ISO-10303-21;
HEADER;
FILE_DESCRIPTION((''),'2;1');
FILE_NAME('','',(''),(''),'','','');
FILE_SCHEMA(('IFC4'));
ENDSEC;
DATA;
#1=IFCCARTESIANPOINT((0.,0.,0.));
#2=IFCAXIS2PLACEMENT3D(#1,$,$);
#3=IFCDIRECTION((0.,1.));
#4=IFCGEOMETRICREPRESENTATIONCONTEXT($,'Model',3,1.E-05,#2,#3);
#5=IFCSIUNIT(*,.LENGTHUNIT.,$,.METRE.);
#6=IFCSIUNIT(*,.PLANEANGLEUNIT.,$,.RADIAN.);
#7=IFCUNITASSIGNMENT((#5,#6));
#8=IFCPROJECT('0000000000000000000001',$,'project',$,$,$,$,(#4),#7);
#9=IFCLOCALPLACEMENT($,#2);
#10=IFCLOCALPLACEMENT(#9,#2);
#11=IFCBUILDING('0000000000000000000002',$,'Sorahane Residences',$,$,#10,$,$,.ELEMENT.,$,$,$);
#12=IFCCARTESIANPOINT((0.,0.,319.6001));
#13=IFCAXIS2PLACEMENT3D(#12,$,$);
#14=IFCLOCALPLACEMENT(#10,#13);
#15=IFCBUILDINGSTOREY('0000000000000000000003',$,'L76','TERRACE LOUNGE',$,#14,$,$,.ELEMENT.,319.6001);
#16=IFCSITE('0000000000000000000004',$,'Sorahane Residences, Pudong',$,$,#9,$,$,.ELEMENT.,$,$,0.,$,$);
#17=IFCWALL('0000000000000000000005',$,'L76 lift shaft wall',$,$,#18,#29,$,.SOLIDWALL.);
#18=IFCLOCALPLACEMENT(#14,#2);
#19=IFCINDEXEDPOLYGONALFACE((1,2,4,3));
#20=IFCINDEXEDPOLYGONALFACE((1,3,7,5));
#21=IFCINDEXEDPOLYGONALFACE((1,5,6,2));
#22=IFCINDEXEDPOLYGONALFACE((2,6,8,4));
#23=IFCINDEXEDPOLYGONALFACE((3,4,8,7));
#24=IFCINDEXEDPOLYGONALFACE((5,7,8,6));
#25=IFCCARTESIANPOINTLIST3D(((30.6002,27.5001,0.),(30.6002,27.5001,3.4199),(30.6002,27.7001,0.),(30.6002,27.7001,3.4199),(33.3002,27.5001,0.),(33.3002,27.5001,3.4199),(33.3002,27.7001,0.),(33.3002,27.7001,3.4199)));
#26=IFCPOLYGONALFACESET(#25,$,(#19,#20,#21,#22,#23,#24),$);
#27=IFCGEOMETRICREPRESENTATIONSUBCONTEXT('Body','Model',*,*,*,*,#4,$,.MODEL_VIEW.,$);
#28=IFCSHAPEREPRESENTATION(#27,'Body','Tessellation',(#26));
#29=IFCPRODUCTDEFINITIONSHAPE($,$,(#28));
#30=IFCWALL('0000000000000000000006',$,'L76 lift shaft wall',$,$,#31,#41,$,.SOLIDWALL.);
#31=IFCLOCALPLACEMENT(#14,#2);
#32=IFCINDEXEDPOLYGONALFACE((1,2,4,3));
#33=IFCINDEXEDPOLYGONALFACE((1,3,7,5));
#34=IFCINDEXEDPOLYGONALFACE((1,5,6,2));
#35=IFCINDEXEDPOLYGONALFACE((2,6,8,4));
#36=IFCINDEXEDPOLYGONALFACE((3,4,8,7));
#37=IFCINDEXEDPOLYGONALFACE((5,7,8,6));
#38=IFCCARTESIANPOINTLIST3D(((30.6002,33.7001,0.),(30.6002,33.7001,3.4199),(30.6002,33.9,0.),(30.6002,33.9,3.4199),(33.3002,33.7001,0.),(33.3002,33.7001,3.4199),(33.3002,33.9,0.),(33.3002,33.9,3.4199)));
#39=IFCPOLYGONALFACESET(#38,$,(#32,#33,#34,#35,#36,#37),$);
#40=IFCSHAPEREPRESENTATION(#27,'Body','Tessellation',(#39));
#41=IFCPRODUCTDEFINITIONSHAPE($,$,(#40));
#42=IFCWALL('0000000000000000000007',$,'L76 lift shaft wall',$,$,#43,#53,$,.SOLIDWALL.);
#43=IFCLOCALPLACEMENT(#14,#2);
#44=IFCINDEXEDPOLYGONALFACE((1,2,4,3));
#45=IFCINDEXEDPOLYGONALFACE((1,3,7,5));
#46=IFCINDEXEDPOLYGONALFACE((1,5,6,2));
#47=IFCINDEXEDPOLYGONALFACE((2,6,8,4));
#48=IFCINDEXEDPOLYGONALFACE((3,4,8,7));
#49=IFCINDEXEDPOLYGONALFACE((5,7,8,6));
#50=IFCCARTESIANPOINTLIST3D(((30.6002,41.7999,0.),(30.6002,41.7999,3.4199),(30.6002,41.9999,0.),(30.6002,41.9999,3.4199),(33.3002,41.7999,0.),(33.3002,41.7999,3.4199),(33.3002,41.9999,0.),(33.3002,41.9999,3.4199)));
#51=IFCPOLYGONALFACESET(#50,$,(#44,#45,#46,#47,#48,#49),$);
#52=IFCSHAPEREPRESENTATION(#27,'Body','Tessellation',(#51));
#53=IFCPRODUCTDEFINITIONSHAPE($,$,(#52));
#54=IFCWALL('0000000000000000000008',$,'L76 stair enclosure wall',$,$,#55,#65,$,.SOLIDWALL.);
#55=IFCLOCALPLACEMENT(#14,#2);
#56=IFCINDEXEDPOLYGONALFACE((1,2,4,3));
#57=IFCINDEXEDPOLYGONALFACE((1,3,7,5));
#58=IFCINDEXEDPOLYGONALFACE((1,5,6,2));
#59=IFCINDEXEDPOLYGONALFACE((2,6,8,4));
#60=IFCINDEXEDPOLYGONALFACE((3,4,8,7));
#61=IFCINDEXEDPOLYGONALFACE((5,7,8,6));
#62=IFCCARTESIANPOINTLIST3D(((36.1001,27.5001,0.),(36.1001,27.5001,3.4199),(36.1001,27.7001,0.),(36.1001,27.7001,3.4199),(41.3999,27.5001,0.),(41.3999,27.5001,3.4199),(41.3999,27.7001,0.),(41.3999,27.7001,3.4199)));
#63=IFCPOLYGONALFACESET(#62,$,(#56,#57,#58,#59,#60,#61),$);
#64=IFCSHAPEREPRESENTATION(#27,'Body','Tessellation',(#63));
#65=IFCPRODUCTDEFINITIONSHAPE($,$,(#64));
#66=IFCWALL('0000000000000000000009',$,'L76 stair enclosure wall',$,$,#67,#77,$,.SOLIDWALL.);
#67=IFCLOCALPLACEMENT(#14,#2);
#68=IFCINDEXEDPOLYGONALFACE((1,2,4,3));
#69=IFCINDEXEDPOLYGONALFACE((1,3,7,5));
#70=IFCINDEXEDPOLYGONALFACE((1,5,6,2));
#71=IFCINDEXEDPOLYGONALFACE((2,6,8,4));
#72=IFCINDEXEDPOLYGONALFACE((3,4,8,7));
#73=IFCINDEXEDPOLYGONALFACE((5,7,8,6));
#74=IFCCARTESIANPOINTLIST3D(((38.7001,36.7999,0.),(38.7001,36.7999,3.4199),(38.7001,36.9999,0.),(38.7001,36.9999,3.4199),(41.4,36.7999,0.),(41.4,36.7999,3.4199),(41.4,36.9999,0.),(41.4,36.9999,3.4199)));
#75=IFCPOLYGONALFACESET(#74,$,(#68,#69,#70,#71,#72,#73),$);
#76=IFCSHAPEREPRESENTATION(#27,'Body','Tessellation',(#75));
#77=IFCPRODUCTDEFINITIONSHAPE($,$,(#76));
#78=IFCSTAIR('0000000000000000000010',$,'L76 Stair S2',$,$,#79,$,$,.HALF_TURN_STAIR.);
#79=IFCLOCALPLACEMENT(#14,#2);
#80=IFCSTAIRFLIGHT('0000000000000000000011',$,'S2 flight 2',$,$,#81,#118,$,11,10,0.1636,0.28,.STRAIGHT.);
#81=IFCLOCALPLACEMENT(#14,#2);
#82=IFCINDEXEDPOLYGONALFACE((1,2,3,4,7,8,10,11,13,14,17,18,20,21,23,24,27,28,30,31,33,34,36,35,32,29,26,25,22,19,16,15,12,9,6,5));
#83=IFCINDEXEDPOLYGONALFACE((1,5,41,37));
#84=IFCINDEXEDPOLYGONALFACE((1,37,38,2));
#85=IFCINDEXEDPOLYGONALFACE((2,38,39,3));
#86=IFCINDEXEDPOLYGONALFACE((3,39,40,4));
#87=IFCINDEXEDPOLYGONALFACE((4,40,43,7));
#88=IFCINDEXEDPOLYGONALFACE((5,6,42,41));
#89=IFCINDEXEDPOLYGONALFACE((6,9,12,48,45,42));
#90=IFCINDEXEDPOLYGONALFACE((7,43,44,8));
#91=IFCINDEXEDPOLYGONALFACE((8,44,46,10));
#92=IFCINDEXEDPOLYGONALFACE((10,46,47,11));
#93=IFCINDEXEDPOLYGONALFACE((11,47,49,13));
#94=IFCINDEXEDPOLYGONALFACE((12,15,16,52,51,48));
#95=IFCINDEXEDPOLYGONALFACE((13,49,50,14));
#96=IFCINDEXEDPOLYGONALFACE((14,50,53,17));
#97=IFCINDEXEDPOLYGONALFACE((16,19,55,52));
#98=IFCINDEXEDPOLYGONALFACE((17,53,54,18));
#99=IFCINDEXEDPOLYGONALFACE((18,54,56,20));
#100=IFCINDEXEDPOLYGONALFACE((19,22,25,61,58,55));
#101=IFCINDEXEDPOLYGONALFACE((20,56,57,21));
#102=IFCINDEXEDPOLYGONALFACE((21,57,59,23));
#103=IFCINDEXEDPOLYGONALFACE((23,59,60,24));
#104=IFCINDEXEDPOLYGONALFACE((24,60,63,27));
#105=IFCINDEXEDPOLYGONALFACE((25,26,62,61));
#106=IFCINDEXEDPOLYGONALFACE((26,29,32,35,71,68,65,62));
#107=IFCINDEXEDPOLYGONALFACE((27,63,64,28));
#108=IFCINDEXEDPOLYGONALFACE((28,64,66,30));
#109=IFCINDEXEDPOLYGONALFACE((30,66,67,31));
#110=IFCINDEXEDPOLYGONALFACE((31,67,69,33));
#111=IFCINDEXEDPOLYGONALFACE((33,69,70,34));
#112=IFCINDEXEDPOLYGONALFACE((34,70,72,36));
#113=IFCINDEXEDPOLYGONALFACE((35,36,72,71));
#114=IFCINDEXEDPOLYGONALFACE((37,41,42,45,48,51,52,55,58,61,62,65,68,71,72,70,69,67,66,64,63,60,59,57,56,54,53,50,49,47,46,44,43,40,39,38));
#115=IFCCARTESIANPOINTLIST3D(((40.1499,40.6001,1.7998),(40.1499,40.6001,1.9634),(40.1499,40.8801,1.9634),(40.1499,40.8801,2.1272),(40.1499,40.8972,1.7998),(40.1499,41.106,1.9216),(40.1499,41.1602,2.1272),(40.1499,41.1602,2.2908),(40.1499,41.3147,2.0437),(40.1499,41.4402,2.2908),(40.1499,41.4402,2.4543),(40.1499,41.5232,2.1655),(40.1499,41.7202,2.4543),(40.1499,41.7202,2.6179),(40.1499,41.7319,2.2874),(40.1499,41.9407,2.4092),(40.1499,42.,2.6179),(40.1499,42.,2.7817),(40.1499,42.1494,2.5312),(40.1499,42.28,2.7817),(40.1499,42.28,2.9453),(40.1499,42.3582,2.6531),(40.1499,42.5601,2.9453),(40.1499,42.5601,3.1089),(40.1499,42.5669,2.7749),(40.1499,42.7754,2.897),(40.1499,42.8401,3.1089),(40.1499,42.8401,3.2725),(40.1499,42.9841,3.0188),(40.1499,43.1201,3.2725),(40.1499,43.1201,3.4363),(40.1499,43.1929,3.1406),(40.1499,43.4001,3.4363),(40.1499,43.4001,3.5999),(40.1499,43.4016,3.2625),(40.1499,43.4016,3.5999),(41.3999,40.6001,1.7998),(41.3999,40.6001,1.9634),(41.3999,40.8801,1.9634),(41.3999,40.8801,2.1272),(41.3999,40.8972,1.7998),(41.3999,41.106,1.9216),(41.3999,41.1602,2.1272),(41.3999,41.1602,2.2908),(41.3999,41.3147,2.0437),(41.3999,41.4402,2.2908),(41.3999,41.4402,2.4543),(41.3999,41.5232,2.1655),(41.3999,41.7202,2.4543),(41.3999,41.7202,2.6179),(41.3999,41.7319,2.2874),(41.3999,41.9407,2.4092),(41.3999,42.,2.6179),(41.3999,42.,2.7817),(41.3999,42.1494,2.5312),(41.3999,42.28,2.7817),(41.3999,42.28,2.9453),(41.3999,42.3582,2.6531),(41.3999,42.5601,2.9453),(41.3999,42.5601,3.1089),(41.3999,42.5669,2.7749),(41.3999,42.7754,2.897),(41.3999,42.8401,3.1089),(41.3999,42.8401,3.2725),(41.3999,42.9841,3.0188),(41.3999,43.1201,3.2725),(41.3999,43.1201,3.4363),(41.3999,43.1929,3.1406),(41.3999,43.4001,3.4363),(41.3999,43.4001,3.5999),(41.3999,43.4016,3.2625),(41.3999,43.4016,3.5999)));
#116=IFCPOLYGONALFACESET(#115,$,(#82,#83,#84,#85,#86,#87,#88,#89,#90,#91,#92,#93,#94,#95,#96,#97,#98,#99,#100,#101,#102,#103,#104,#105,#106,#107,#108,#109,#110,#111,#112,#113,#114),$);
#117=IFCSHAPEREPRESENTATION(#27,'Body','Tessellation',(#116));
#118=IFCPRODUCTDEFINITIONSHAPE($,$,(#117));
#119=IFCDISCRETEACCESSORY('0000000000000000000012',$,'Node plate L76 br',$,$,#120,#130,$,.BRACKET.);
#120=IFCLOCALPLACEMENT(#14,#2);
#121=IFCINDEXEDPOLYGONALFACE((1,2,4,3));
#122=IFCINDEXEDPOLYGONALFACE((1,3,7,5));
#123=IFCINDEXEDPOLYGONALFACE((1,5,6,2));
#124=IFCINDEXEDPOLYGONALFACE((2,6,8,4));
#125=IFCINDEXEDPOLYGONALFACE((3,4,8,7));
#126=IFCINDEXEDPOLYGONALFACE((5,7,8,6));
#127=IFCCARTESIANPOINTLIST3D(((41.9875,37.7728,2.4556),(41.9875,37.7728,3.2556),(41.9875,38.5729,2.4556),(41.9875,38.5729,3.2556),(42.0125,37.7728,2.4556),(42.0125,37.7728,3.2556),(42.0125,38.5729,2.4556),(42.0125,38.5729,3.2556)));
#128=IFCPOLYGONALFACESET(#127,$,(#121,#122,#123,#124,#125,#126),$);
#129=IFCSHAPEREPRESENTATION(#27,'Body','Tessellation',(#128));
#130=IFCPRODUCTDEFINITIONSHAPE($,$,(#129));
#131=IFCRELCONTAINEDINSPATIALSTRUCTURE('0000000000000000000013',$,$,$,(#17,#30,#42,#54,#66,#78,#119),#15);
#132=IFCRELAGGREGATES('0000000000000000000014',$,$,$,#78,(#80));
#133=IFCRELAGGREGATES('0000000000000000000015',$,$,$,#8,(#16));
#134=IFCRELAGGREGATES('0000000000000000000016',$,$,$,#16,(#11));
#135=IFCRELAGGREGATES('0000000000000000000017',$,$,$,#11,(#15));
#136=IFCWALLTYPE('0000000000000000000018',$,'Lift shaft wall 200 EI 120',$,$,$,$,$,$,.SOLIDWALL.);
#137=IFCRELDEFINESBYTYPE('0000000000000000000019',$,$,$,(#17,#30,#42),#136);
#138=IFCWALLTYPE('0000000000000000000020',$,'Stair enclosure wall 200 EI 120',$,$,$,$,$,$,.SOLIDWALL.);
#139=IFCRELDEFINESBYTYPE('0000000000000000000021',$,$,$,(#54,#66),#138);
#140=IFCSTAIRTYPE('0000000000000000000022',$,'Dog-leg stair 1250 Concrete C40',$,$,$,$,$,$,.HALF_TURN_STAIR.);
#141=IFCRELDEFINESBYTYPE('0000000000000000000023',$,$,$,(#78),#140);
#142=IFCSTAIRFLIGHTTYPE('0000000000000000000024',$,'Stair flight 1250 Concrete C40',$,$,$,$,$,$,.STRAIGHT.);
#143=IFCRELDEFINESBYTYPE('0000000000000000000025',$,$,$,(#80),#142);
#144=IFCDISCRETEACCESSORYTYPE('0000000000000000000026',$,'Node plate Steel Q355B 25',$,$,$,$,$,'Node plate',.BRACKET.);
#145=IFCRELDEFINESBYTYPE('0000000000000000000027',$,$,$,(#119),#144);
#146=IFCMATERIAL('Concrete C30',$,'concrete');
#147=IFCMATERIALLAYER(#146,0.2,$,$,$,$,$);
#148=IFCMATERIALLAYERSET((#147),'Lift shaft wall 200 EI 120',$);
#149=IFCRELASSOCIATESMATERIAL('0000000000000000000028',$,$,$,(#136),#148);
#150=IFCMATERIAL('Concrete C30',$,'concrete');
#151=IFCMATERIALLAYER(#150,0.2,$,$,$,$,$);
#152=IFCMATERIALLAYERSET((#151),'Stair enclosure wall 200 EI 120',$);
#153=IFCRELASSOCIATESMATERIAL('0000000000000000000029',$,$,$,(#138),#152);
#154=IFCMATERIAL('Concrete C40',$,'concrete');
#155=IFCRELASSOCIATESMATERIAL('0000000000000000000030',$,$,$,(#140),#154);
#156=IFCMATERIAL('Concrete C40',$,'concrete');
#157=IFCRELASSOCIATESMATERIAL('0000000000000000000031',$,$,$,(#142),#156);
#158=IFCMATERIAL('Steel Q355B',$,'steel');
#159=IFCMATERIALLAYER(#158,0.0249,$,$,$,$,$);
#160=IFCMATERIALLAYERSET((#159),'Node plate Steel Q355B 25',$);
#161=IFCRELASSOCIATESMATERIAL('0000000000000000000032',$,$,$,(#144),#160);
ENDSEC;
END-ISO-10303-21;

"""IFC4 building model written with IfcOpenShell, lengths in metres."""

from ifc_helpers import new_model, si_unit, direction, frame, frame_2d, origin, origin_2d, place, context, subcontext, project, spatial, polyline, rectangle, outline, extrude, material, layer, layer_set, type_object, element, aggregate, save


model = new_model("IFC4")

# Units and contexts
model_context = context("Model", 3, precision=1e-05, world=origin(), true_north=direction((0.0, 1.0)))
body_context = subcontext(model_context, "Body", "Model", "MODEL_VIEW")
ifc_project = project(units=[si_unit("LENGTHUNIT", "METRE"), si_unit("PLANEANGLEUNIT", "RADIAN")], contexts=[model_context])

# Site, building, storey
site_placement = place(None, origin())
site = spatial("IfcSite", under=ifc_project, at=site_placement, Name="Sorahane Residences, Pudong", CompositionType="ELEMENT", RefElevation=0.0)
building_placement = place(site_placement, origin())
building = spatial("IfcBuilding", under=site, at=building_placement, Name="Sorahane Residences", CompositionType="ELEMENT")
storey_placement = place(building_placement, frame((0.0, 0.0, 319.6001)))
storey = spatial("IfcBuildingStorey", under=building, at=storey_placement, Name="L76", Description="TERRACE LOUNGE", CompositionType="ELEMENT", Elevation=319.6001)

# Shared definitions
ifc_material_1 = material(Name="Concrete C30", Category="concrete")
ifc_layer_1 = layer(ifc_material_1, 0.2)
ifc_layer_set_1 = layer_set([ifc_layer_1], Name="Lift shaft wall 200 EI 120")
wall_type_1 = type_object("IfcWallType", Name="Lift shaft wall 200 EI 120", PredefinedType="SOLIDWALL", material=ifc_layer_set_1)

# Walls
for number, where, z_axis, x_axis, name in (
    (1, (30.6001, 27.6001, 0.0), (0.0, 0.0, 1.0), (1.0, 0.0, 0.0), "L76 lift shaft wall"),
    (2, (30.6001, 33.8, 0.0), (0.0, 0.0, 1.0), (1.0, 0.0, 0.0), "L76 lift shaft wall"),
    (3, (30.6001, 41.8999, 0.0), (0.0, 0.0, 1.0), (1.0, 0.0, 0.0), "L76 lift shaft wall"),
):
    element("IfcWall", number, at=place(storey_placement, frame(where, z_axis=z_axis, x_axis=x_axis)), inside=storey, type_object=wall_type_1, Name=name, PredefinedType="SOLIDWALL", context=body_context, shape_type="SweptSolid", body=[
        extrude(rectangle(XDim=2.7, YDim=0.2, at=frame_2d((1.3501, 0.0))), origin(), (0.0, 0.0, 1.0), 3.4199),
    ])
ifc_material_2 = material(Name="Concrete C30", Category="concrete")
ifc_layer_2 = layer(ifc_material_2, 0.2)
ifc_layer_set_2 = layer_set([ifc_layer_2], Name="Stair enclosure wall 200 EI 120")
wall_type_2 = type_object("IfcWallType", Name="Stair enclosure wall 200 EI 120", PredefinedType="SOLIDWALL", material=ifc_layer_set_2)
wall_1_placement = place(storey_placement, frame((36.1001, 27.6001, 0.0), z_axis=(0.0, 0.0, 1.0), x_axis=(1.0, 0.0, 0.0)))
element("IfcWall", 4, at=wall_1_placement, inside=storey, type_object=wall_type_2, Name="L76 stair enclosure wall", PredefinedType="SOLIDWALL", context=body_context, shape_type="SweptSolid", body=[
    extrude(rectangle(XDim=5.2998, YDim=0.2, at=frame_2d((2.6499, 0.0))), origin(), (0.0, 0.0, 1.0), 3.4199),
])
wall_2_placement = place(storey_placement, frame((38.7, 36.8999, 0.0), z_axis=(0.0, 0.0, 1.0), x_axis=(1.0, 0.0, 0.0)))
element("IfcWall", 5, at=wall_2_placement, inside=storey, type_object=wall_type_2, Name="L76 stair enclosure wall", PredefinedType="SOLIDWALL", context=body_context, shape_type="SweptSolid", body=[
    extrude(rectangle(XDim=2.7, YDim=0.2, at=frame_2d((1.3501, 0.0))), origin(), (0.0, 0.0, 1.0), 3.4199),
])

# Stair, stair flight
ifc_material_3 = material(Name="Concrete C40", Category="concrete")
stair_type = type_object("IfcStairType", Name="Dog-leg stair 1250 Concrete C40", PredefinedType="HALF_TURN_STAIR", material=ifc_material_3)
stair_placement = place(storey_placement, origin())
stair = element("IfcStair", 6, at=stair_placement, inside=storey, type_object=stair_type, Name="L76 Stair S2", PredefinedType="HALF_TURN_STAIR")
ifc_material_4 = material(Name="Concrete C40", Category="concrete")
stair_flight_type = type_object("IfcStairFlightType", Name="Stair flight 1250 Concrete C40", PredefinedType="STRAIGHT", material=ifc_material_4)
stair_flight_placement = place(storey_placement, frame((40.7749, 40.6001, 1.7998), z_axis=(0.0, 0.0, 1.0), x_axis=(0.0, 1.0, 0.0)))
stair_flight = element("IfcStairFlight", 7, at=stair_flight_placement, type_object=stair_flight_type, Name="S2 flight 2", NumberOfRisers=11, NumberOfTreads=10, PredefinedType="STRAIGHT", RiserHeight=0.1636, TreadLength=0.28, context=body_context, shape_type="SweptSolid", body=[
    extrude(outline(polyline([(0.0, 0.0), (0.0, 0.1636), (0.28, 0.1636), (0.28, 0.3274), (0.5601, 0.3274), (0.5601, 0.491), (0.8401, 0.491), (0.8401, 0.6545), (1.1201, 0.6545), (1.1201, 0.8181), (1.3999, 0.8181), (1.3999, 0.9819), (1.6799, 0.9819), (1.6799, 1.1455), (1.96, 1.1455), (1.96, 1.3091), (2.24, 1.3091), (2.24, 1.4727), (2.52, 1.4727), (2.52, 1.6365), (2.8, 1.6365), (2.8, 1.8), (2.8015, 1.8), (2.8015, 1.4626), (2.5928, 1.3408), (2.384, 1.219), (2.1753, 1.0972), (1.9668, 0.9751), (1.7581, 0.8533), (1.5493, 0.7314), (1.3406, 0.6094), (1.1318, 0.4875), (0.9231, 0.3657), (0.7146, 0.2439), (0.5059, 0.1218), (0.2971, 0.0), (0.0, 0.0)])), frame((0.0, 0.625, 0.0), z_axis=(0.0, -1.0, 0.0), x_axis=(1.0, 0.0, 0.0)), (0.0, 0.0, 1.0), 1.25),
])
aggregate(stair, [stair_flight])

# Discrete accessory
ifc_material_5 = material(Name="Steel Q355B", Category="steel")
ifc_layer_3 = layer(ifc_material_5, 0.0249)
ifc_layer_set_3 = layer_set([ifc_layer_3], Name="Node plate Steel Q355B 25")
discrete_accessory_type = type_object("IfcDiscreteAccessoryType", Name="Node plate Steel Q355B 25", ElementType="Node plate", PredefinedType="BRACKET", material=ifc_layer_set_3)
discrete_accessory_placement = place(storey_placement, frame((42.0, 38.1729, 2.4556), z_axis=(0.0, 0.0, 1.0), x_axis=(0.0, 1.0, 0.0)))
element("IfcDiscreteAccessory", 8, at=discrete_accessory_placement, inside=storey, type_object=discrete_accessory_type, Name="Node plate L76 br", PredefinedType="BRACKET", context=body_context, shape_type="SweptSolid", body=[
    extrude(rectangle(XDim=0.8, YDim=0.0249, at=origin_2d()), origin(), (0.0, 0.0, 1.0), 0.8),
])

save(model, "model.ifc")
